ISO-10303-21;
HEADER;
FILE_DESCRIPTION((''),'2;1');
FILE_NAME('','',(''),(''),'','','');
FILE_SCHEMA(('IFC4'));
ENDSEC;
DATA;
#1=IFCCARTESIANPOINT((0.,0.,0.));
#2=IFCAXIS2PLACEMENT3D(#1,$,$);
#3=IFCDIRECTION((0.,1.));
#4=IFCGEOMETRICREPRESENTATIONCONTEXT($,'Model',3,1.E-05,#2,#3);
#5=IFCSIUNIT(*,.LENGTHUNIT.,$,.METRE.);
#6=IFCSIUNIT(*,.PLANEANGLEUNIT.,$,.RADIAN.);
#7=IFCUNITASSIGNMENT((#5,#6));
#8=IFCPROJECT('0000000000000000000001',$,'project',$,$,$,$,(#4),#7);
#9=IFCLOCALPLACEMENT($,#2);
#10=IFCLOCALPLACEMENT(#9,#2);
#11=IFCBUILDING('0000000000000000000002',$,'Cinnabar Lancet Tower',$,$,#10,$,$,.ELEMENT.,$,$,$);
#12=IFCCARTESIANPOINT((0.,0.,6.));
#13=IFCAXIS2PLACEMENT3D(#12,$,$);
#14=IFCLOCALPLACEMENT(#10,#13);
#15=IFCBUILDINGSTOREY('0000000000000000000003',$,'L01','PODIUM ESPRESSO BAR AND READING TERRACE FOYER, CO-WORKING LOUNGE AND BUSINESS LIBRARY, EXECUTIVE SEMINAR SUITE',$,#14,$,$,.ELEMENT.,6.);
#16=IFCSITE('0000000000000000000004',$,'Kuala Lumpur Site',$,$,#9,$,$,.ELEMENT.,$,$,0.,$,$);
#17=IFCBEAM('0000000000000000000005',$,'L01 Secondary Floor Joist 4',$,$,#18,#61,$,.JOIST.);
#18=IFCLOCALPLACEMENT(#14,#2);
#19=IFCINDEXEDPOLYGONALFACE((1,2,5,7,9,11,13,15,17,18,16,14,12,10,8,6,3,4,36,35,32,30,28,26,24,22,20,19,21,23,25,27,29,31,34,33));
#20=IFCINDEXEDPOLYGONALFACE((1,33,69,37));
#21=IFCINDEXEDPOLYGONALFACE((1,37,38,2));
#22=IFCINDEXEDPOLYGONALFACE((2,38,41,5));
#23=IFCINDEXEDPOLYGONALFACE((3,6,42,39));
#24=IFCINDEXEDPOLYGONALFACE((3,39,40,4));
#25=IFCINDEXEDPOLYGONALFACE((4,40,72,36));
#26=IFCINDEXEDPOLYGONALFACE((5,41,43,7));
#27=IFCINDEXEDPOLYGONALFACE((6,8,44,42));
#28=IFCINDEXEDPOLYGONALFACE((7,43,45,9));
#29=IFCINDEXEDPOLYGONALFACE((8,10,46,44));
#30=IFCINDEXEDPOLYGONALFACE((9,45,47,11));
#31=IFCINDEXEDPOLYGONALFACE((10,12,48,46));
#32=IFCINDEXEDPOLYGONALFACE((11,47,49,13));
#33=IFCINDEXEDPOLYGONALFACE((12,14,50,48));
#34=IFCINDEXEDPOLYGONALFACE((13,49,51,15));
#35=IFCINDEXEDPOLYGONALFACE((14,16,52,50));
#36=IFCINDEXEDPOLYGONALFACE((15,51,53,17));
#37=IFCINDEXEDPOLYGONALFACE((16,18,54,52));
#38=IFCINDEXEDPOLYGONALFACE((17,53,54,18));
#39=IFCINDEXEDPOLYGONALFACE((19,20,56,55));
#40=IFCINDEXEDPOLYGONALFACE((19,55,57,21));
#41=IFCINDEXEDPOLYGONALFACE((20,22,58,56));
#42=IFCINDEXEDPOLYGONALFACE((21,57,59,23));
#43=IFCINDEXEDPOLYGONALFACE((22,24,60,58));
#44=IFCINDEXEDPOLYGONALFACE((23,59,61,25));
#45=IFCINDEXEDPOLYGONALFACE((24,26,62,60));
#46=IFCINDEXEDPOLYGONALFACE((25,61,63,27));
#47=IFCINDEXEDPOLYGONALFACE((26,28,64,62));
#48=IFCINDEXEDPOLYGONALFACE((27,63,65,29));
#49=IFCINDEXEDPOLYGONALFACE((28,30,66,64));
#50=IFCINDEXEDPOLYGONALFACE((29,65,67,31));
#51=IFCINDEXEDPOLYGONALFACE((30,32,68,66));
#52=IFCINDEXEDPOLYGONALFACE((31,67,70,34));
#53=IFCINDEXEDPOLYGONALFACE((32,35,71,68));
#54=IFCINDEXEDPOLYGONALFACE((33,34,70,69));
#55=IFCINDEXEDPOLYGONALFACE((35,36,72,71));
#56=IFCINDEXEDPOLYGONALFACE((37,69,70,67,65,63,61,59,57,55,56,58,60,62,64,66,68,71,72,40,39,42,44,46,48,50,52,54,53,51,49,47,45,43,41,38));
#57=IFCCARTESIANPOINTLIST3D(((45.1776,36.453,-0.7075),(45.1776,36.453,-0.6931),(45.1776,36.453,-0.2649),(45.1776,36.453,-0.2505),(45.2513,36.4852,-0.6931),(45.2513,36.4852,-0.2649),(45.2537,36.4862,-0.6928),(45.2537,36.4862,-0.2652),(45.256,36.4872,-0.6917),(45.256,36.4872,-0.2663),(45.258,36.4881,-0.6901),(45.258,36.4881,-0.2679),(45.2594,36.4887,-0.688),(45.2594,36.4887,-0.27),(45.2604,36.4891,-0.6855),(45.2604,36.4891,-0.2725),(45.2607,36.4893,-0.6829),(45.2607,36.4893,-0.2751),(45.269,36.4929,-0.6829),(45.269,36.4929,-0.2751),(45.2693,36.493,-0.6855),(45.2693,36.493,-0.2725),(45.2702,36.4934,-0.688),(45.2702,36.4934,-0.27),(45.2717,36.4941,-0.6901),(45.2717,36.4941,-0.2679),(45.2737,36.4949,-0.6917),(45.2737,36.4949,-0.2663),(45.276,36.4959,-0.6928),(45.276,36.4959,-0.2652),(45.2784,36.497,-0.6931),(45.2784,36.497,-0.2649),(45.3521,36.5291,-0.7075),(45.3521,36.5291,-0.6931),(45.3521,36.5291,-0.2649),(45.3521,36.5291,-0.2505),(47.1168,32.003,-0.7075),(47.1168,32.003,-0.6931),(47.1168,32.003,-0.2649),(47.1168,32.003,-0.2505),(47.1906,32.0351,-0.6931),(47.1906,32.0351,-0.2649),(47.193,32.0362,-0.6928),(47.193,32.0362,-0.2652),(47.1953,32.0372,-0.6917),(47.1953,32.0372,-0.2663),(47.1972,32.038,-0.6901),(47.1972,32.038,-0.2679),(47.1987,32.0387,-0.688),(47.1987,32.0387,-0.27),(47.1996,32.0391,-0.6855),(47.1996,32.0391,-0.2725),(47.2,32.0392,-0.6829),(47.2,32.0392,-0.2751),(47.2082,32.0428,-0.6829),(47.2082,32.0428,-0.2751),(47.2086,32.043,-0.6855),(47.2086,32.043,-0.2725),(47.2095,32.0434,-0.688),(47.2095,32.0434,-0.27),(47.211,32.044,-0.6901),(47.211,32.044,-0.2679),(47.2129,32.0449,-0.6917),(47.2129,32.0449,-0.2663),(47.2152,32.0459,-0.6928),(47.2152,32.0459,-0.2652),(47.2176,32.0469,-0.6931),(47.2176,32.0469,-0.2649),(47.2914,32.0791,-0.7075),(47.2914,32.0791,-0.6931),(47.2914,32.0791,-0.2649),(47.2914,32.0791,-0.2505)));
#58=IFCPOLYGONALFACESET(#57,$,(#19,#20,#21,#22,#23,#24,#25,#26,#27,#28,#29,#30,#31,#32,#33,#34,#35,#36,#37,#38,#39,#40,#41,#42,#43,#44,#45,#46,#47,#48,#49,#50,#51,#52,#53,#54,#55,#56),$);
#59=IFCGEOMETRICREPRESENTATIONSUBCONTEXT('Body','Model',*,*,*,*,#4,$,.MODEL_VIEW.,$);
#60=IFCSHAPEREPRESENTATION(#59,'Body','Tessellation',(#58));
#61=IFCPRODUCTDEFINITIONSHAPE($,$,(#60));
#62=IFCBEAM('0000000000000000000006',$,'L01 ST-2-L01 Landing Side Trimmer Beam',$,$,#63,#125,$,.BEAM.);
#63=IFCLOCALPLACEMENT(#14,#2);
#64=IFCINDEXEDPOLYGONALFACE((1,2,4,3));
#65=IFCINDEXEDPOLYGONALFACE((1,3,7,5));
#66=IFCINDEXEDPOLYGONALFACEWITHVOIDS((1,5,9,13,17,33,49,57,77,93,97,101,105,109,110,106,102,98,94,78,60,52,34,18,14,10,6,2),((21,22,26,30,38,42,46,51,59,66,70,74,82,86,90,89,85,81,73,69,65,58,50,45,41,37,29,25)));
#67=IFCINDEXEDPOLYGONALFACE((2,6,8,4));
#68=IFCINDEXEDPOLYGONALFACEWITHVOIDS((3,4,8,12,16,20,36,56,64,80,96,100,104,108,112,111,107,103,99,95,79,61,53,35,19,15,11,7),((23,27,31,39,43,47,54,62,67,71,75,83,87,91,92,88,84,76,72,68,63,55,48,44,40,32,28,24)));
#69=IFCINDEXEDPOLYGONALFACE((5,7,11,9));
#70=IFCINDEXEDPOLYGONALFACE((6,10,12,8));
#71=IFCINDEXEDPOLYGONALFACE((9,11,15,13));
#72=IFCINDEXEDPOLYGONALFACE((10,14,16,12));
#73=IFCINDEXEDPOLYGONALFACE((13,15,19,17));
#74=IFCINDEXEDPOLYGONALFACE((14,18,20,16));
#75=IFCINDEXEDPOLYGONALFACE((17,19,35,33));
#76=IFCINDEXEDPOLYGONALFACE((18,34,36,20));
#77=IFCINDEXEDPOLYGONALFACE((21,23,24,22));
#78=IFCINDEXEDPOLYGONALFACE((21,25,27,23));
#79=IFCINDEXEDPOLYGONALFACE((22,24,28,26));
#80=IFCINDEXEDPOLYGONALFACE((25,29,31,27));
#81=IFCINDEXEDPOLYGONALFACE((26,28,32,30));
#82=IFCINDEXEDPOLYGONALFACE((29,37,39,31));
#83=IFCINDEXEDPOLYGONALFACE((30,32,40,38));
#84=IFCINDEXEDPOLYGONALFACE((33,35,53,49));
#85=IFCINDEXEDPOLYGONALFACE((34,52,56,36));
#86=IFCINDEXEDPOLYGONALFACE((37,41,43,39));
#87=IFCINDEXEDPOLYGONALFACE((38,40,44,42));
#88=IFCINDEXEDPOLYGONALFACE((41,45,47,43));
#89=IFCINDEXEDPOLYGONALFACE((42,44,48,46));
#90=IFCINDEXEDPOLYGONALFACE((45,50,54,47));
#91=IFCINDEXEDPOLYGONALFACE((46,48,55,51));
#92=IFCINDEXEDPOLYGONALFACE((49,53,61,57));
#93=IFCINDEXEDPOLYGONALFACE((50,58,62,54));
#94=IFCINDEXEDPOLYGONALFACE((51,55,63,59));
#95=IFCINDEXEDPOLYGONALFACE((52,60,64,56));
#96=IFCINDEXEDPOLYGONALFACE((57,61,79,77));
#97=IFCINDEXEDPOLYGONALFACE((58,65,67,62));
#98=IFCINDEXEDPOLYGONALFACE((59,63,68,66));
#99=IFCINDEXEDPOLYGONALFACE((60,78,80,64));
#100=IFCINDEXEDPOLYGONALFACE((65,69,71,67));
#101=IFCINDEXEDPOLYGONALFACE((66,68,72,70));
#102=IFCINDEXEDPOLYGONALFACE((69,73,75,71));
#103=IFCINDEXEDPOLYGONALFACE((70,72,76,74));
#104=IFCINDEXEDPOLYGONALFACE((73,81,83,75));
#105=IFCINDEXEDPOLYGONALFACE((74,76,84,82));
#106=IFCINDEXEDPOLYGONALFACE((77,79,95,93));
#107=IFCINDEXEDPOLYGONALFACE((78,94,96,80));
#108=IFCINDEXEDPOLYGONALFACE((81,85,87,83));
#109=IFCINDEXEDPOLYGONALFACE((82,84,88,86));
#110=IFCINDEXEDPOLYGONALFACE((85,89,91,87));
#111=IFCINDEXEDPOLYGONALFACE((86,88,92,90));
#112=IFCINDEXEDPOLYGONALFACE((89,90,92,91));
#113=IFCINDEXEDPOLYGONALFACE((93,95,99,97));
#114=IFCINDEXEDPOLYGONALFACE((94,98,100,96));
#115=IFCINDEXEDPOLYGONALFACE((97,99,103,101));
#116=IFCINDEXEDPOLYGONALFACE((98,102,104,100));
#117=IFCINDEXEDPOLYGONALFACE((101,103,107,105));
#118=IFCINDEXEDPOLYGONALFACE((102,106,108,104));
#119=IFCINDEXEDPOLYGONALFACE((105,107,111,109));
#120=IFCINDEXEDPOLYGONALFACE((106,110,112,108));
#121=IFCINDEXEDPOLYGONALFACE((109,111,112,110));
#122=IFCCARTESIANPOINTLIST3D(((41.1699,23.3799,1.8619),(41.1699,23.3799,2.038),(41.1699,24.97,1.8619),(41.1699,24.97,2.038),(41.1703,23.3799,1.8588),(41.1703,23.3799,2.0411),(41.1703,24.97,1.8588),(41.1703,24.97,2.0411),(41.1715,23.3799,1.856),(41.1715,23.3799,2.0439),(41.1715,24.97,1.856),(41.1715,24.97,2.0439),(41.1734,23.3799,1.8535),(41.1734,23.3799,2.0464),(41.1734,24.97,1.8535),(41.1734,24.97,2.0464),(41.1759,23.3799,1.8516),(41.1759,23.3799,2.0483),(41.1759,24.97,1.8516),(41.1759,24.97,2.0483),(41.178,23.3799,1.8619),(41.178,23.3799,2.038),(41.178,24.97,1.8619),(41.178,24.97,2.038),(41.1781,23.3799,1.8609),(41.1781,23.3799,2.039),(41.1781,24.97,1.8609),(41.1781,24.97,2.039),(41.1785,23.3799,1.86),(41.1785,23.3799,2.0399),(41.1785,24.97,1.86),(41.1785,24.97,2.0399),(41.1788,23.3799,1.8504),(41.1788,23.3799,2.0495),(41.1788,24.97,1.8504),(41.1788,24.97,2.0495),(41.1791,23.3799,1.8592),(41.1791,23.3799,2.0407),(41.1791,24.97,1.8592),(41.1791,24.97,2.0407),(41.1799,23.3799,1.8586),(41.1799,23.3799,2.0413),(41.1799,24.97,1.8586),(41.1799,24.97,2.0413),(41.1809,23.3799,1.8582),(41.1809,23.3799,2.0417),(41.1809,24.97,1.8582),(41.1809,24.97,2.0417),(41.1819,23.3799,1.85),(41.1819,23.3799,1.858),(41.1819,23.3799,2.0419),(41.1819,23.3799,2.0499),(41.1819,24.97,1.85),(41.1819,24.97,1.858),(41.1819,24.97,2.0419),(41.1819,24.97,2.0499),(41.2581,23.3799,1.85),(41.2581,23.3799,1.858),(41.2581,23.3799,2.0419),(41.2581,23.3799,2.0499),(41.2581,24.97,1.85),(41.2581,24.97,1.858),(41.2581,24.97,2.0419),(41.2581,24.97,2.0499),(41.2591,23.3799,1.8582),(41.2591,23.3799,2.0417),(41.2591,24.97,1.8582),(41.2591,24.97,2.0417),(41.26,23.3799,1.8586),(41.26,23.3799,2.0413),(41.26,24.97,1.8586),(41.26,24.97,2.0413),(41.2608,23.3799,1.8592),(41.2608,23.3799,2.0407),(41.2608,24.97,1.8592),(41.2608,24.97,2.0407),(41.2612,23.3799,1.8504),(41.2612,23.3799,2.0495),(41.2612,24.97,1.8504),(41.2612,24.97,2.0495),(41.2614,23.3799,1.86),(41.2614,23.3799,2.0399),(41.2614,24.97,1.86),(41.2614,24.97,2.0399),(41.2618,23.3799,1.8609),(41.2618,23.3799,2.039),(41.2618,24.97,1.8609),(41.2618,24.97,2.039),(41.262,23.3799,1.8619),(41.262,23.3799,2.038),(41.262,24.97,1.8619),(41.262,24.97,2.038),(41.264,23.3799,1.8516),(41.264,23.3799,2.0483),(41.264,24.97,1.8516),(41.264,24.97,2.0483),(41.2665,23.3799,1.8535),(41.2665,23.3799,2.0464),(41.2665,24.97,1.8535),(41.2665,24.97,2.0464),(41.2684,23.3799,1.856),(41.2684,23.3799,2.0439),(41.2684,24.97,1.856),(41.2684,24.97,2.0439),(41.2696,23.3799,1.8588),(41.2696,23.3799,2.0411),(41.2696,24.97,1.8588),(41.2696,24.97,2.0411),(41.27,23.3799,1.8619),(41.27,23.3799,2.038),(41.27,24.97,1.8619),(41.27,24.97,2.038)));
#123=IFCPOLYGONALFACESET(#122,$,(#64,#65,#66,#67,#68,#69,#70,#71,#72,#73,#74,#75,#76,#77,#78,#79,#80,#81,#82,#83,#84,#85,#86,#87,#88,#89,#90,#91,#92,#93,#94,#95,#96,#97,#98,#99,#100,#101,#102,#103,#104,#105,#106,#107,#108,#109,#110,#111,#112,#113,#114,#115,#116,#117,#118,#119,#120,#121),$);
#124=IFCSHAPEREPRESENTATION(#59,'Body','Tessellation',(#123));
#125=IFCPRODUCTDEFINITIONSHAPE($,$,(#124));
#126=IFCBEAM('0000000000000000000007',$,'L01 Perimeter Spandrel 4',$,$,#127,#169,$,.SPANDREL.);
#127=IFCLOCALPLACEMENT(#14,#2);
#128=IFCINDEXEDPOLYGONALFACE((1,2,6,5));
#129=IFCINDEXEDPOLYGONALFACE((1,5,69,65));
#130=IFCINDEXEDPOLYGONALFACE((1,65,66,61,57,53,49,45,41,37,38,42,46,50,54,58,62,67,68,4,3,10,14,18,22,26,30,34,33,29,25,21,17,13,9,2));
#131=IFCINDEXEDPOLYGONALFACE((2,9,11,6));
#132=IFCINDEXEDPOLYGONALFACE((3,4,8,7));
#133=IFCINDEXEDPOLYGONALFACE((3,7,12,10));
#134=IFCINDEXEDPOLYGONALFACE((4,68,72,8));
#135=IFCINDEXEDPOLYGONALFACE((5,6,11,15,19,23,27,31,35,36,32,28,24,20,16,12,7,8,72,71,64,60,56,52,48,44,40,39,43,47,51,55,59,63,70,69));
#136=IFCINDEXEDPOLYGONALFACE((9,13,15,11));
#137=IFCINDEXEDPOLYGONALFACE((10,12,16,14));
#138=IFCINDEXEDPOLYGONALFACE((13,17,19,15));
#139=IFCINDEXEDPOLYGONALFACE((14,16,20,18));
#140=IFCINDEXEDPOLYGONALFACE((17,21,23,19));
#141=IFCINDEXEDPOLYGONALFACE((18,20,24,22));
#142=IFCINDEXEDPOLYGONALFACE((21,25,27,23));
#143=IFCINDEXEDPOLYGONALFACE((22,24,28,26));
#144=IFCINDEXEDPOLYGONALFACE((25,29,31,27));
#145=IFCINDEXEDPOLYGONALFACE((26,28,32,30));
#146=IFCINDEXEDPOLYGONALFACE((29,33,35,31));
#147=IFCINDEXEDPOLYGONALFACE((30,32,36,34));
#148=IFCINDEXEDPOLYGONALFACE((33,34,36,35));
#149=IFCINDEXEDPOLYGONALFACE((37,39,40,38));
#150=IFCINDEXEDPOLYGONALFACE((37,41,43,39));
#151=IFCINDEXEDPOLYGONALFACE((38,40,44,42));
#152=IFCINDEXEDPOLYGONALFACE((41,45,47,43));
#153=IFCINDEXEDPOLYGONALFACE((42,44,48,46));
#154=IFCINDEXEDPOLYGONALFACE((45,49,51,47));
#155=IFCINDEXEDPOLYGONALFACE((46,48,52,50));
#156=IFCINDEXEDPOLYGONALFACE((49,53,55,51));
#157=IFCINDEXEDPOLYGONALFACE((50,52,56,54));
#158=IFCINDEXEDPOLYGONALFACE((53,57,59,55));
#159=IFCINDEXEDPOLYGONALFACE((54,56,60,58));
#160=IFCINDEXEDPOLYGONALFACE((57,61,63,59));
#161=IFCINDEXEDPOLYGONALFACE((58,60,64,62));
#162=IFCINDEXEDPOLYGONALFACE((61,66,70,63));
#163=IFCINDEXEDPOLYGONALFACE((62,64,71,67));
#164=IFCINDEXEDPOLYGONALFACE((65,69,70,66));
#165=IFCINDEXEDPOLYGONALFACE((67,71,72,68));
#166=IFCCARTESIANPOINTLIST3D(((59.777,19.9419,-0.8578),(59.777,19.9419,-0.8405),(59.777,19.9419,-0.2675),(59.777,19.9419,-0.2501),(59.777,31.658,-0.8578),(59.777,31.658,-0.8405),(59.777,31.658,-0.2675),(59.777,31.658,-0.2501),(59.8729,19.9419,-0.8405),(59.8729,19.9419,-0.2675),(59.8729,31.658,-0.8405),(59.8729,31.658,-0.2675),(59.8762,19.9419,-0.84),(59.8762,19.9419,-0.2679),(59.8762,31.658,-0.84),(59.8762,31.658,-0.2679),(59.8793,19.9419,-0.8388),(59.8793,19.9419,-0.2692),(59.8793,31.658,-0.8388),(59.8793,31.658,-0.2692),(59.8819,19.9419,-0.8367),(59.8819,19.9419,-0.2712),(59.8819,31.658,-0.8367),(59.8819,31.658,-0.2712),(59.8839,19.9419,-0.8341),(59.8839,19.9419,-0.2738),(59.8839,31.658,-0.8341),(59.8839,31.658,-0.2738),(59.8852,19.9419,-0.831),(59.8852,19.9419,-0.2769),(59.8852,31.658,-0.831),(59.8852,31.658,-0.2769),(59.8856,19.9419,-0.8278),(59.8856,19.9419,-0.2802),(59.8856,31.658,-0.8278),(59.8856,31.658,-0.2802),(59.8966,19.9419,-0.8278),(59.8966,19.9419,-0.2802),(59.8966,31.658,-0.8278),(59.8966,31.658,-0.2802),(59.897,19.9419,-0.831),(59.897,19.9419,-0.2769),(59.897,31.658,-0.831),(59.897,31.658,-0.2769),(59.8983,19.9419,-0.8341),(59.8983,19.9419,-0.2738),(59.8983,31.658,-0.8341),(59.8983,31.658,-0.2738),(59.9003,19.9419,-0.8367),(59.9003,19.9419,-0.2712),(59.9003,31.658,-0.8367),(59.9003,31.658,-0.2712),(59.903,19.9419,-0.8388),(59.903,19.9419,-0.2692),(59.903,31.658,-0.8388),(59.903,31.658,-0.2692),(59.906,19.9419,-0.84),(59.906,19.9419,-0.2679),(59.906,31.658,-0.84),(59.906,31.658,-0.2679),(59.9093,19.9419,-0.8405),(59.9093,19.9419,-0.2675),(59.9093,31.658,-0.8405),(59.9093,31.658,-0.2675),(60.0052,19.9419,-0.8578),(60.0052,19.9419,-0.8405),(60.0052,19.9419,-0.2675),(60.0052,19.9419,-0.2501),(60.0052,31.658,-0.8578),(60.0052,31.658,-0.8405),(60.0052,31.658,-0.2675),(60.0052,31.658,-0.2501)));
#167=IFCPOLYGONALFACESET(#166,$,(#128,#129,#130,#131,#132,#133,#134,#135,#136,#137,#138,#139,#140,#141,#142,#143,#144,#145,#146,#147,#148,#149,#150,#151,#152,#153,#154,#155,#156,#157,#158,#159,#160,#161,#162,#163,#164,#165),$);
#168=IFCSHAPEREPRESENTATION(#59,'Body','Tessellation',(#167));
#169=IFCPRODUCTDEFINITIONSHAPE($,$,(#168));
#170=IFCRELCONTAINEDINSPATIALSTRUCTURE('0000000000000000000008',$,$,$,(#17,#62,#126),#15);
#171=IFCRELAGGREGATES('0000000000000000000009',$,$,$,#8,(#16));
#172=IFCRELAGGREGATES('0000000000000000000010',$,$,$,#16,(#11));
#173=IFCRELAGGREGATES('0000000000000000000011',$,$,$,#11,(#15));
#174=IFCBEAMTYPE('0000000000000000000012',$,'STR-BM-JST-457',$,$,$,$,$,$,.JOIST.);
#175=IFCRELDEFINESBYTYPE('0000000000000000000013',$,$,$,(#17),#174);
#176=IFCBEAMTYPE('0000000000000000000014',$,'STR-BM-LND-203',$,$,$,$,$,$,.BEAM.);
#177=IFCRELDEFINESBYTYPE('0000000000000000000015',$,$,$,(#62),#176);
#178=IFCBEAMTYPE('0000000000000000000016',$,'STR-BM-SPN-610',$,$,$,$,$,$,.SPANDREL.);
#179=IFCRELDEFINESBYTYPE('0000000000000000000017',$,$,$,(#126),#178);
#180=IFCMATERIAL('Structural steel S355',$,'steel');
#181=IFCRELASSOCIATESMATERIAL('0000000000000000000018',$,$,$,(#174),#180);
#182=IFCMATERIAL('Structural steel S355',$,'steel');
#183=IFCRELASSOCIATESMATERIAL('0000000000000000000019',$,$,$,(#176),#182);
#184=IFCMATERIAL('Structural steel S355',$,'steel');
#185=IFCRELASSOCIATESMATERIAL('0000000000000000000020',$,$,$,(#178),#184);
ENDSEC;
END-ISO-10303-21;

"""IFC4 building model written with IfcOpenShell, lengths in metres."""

from ifc_helpers import new_model, si_unit, direction, frame, origin, origin_2d, place, context, subcontext, project, spatial, hollow_rectangle, i_section, extrude, material, material_profile, profile_set, type_object, element, save


model = new_model("IFC4")

# Units and contexts
model_context = context("Model", 3, precision=1e-05, world=origin(), true_north=direction((0.0, 1.0)))
body_context = subcontext(model_context, "Body", "Model", "MODEL_VIEW")
ifc_project = project(units=[si_unit("LENGTHUNIT", "METRE"), si_unit("PLANEANGLEUNIT", "RADIAN")], contexts=[model_context])

# Site, building, storey
site_placement = place(None, origin())
site = spatial("IfcSite", under=ifc_project, at=site_placement, Name="Kuala Lumpur Site", CompositionType="ELEMENT", RefElevation=0.0)
building_placement = place(site_placement, origin())
building = spatial("IfcBuilding", under=site, at=building_placement, Name="Cinnabar Lancet Tower", CompositionType="ELEMENT")
storey_placement = place(building_placement, frame((0.0, 0.0, 6.0)))
storey = spatial("IfcBuildingStorey", under=building, at=storey_placement, Name="L01", Description="PODIUM ESPRESSO BAR AND READING TERRACE FOYER, CO-WORKING LOUNGE AND BUSINESS LIBRARY, EXECUTIVE SEMINAR SUITE", CompositionType="ELEMENT", Elevation=6.0)

# Beams
ifc_material_1 = material(Name="Structural steel S355", Category="steel")
ifc_material_profile_1 = material_profile(ifc_material_1, i_section(OverallWidth=0.1904, OverallDepth=0.457, WebThickness=0.009, FlangeThickness=0.0144, FilletRadius=0.0103, at=origin_2d()), Name="UKB 457x191x74")
ifc_profile_set_1 = profile_set([ifc_material_profile_1], Name="Structural steel S355")
beam_type_1 = type_object("IfcBeamType", Name="STR-BM-JST-457", PredefinedType="JOIST", material=ifc_profile_set_1)
beam_1_placement = place(storey_placement, frame((47.2041, 32.041, -0.479), z_axis=(-0.399497, 0.916735, 0.0), x_axis=(-0.916735, -0.399497, 0.0)))
element("IfcBeam", 1, at=beam_1_placement, inside=storey, type_object=beam_type_1, Name="L01 Secondary Floor Joist 4", PredefinedType="JOIST", context=body_context, shape_type="SweptSolid", body=[
    extrude(i_section(OverallWidth=0.1904, OverallDepth=0.457, WebThickness=0.009, FlangeThickness=0.0144, FilletRadius=0.0103, at=origin_2d()), origin(), (0.0, 0.0, 1.0), 4.8542),
])
ifc_material_2 = material(Name="Structural steel S355", Category="steel")
ifc_material_profile_2 = material_profile(ifc_material_2, hollow_rectangle(XDim=0.1001, YDim=0.2, WallThickness=0.0081, InnerFilletRadius=0.0039, OuterFilletRadius=0.012, at=origin_2d()), Name="RHS 200x100x8")
ifc_profile_set_2 = profile_set([ifc_material_profile_2], Name="Structural steel S355")
beam_type_2 = type_object("IfcBeamType", Name="STR-BM-LND-203", PredefinedType="BEAM", material=ifc_profile_set_2)
beam_2_placement = place(storey_placement, frame((41.22, 23.3799, 1.95), z_axis=(0.0, 1.0, 0.0), x_axis=(-1.0, 0.0, 0.0)))
element("IfcBeam", 2, at=beam_2_placement, inside=storey, type_object=beam_type_2, Name="L01 ST-2-L01 Landing Side Trimmer Beam", PredefinedType="BEAM", context=body_context, shape_type="SweptSolid", body=[
    extrude(hollow_rectangle(XDim=0.1001, YDim=0.2, WallThickness=0.0081, InnerFilletRadius=0.0039, OuterFilletRadius=0.012, at=origin_2d()), origin(), (0.0, 0.0, 1.0), 1.5901),
])
ifc_material_3 = material(Name="Structural steel S355", Category="steel")
ifc_material_profile_3 = material_profile(ifc_material_3, i_section(OverallWidth=0.2283, OverallDepth=0.6077, WebThickness=0.011, FlangeThickness=0.0173, FilletRadius=0.0127, at=origin_2d()), Name="UKB 610x229x113")
ifc_profile_set_3 = profile_set([ifc_material_profile_3], Name="Structural steel S355")
beam_type_3 = type_object("IfcBeamType", Name="STR-BM-SPN-610", PredefinedType="SPANDREL", material=ifc_profile_set_3)
beam_3_placement = place(storey_placement, frame((59.8911, 19.9419, -0.554), z_axis=(0.0, 1.0, 0.0), x_axis=(-1.0, 0.0, 0.0)))
element("IfcBeam", 3, at=beam_3_placement, inside=storey, type_object=beam_type_3, Name="L01 Perimeter Spandrel 4", PredefinedType="SPANDREL", context=body_context, shape_type="SweptSolid", body=[
    extrude(i_section(OverallWidth=0.2283, OverallDepth=0.6077, WebThickness=0.011, FlangeThickness=0.0173, FilletRadius=0.0127, at=origin_2d()), origin(), (0.0, 0.0, 1.0), 11.7161),
])

save(model, "model.ifc")
